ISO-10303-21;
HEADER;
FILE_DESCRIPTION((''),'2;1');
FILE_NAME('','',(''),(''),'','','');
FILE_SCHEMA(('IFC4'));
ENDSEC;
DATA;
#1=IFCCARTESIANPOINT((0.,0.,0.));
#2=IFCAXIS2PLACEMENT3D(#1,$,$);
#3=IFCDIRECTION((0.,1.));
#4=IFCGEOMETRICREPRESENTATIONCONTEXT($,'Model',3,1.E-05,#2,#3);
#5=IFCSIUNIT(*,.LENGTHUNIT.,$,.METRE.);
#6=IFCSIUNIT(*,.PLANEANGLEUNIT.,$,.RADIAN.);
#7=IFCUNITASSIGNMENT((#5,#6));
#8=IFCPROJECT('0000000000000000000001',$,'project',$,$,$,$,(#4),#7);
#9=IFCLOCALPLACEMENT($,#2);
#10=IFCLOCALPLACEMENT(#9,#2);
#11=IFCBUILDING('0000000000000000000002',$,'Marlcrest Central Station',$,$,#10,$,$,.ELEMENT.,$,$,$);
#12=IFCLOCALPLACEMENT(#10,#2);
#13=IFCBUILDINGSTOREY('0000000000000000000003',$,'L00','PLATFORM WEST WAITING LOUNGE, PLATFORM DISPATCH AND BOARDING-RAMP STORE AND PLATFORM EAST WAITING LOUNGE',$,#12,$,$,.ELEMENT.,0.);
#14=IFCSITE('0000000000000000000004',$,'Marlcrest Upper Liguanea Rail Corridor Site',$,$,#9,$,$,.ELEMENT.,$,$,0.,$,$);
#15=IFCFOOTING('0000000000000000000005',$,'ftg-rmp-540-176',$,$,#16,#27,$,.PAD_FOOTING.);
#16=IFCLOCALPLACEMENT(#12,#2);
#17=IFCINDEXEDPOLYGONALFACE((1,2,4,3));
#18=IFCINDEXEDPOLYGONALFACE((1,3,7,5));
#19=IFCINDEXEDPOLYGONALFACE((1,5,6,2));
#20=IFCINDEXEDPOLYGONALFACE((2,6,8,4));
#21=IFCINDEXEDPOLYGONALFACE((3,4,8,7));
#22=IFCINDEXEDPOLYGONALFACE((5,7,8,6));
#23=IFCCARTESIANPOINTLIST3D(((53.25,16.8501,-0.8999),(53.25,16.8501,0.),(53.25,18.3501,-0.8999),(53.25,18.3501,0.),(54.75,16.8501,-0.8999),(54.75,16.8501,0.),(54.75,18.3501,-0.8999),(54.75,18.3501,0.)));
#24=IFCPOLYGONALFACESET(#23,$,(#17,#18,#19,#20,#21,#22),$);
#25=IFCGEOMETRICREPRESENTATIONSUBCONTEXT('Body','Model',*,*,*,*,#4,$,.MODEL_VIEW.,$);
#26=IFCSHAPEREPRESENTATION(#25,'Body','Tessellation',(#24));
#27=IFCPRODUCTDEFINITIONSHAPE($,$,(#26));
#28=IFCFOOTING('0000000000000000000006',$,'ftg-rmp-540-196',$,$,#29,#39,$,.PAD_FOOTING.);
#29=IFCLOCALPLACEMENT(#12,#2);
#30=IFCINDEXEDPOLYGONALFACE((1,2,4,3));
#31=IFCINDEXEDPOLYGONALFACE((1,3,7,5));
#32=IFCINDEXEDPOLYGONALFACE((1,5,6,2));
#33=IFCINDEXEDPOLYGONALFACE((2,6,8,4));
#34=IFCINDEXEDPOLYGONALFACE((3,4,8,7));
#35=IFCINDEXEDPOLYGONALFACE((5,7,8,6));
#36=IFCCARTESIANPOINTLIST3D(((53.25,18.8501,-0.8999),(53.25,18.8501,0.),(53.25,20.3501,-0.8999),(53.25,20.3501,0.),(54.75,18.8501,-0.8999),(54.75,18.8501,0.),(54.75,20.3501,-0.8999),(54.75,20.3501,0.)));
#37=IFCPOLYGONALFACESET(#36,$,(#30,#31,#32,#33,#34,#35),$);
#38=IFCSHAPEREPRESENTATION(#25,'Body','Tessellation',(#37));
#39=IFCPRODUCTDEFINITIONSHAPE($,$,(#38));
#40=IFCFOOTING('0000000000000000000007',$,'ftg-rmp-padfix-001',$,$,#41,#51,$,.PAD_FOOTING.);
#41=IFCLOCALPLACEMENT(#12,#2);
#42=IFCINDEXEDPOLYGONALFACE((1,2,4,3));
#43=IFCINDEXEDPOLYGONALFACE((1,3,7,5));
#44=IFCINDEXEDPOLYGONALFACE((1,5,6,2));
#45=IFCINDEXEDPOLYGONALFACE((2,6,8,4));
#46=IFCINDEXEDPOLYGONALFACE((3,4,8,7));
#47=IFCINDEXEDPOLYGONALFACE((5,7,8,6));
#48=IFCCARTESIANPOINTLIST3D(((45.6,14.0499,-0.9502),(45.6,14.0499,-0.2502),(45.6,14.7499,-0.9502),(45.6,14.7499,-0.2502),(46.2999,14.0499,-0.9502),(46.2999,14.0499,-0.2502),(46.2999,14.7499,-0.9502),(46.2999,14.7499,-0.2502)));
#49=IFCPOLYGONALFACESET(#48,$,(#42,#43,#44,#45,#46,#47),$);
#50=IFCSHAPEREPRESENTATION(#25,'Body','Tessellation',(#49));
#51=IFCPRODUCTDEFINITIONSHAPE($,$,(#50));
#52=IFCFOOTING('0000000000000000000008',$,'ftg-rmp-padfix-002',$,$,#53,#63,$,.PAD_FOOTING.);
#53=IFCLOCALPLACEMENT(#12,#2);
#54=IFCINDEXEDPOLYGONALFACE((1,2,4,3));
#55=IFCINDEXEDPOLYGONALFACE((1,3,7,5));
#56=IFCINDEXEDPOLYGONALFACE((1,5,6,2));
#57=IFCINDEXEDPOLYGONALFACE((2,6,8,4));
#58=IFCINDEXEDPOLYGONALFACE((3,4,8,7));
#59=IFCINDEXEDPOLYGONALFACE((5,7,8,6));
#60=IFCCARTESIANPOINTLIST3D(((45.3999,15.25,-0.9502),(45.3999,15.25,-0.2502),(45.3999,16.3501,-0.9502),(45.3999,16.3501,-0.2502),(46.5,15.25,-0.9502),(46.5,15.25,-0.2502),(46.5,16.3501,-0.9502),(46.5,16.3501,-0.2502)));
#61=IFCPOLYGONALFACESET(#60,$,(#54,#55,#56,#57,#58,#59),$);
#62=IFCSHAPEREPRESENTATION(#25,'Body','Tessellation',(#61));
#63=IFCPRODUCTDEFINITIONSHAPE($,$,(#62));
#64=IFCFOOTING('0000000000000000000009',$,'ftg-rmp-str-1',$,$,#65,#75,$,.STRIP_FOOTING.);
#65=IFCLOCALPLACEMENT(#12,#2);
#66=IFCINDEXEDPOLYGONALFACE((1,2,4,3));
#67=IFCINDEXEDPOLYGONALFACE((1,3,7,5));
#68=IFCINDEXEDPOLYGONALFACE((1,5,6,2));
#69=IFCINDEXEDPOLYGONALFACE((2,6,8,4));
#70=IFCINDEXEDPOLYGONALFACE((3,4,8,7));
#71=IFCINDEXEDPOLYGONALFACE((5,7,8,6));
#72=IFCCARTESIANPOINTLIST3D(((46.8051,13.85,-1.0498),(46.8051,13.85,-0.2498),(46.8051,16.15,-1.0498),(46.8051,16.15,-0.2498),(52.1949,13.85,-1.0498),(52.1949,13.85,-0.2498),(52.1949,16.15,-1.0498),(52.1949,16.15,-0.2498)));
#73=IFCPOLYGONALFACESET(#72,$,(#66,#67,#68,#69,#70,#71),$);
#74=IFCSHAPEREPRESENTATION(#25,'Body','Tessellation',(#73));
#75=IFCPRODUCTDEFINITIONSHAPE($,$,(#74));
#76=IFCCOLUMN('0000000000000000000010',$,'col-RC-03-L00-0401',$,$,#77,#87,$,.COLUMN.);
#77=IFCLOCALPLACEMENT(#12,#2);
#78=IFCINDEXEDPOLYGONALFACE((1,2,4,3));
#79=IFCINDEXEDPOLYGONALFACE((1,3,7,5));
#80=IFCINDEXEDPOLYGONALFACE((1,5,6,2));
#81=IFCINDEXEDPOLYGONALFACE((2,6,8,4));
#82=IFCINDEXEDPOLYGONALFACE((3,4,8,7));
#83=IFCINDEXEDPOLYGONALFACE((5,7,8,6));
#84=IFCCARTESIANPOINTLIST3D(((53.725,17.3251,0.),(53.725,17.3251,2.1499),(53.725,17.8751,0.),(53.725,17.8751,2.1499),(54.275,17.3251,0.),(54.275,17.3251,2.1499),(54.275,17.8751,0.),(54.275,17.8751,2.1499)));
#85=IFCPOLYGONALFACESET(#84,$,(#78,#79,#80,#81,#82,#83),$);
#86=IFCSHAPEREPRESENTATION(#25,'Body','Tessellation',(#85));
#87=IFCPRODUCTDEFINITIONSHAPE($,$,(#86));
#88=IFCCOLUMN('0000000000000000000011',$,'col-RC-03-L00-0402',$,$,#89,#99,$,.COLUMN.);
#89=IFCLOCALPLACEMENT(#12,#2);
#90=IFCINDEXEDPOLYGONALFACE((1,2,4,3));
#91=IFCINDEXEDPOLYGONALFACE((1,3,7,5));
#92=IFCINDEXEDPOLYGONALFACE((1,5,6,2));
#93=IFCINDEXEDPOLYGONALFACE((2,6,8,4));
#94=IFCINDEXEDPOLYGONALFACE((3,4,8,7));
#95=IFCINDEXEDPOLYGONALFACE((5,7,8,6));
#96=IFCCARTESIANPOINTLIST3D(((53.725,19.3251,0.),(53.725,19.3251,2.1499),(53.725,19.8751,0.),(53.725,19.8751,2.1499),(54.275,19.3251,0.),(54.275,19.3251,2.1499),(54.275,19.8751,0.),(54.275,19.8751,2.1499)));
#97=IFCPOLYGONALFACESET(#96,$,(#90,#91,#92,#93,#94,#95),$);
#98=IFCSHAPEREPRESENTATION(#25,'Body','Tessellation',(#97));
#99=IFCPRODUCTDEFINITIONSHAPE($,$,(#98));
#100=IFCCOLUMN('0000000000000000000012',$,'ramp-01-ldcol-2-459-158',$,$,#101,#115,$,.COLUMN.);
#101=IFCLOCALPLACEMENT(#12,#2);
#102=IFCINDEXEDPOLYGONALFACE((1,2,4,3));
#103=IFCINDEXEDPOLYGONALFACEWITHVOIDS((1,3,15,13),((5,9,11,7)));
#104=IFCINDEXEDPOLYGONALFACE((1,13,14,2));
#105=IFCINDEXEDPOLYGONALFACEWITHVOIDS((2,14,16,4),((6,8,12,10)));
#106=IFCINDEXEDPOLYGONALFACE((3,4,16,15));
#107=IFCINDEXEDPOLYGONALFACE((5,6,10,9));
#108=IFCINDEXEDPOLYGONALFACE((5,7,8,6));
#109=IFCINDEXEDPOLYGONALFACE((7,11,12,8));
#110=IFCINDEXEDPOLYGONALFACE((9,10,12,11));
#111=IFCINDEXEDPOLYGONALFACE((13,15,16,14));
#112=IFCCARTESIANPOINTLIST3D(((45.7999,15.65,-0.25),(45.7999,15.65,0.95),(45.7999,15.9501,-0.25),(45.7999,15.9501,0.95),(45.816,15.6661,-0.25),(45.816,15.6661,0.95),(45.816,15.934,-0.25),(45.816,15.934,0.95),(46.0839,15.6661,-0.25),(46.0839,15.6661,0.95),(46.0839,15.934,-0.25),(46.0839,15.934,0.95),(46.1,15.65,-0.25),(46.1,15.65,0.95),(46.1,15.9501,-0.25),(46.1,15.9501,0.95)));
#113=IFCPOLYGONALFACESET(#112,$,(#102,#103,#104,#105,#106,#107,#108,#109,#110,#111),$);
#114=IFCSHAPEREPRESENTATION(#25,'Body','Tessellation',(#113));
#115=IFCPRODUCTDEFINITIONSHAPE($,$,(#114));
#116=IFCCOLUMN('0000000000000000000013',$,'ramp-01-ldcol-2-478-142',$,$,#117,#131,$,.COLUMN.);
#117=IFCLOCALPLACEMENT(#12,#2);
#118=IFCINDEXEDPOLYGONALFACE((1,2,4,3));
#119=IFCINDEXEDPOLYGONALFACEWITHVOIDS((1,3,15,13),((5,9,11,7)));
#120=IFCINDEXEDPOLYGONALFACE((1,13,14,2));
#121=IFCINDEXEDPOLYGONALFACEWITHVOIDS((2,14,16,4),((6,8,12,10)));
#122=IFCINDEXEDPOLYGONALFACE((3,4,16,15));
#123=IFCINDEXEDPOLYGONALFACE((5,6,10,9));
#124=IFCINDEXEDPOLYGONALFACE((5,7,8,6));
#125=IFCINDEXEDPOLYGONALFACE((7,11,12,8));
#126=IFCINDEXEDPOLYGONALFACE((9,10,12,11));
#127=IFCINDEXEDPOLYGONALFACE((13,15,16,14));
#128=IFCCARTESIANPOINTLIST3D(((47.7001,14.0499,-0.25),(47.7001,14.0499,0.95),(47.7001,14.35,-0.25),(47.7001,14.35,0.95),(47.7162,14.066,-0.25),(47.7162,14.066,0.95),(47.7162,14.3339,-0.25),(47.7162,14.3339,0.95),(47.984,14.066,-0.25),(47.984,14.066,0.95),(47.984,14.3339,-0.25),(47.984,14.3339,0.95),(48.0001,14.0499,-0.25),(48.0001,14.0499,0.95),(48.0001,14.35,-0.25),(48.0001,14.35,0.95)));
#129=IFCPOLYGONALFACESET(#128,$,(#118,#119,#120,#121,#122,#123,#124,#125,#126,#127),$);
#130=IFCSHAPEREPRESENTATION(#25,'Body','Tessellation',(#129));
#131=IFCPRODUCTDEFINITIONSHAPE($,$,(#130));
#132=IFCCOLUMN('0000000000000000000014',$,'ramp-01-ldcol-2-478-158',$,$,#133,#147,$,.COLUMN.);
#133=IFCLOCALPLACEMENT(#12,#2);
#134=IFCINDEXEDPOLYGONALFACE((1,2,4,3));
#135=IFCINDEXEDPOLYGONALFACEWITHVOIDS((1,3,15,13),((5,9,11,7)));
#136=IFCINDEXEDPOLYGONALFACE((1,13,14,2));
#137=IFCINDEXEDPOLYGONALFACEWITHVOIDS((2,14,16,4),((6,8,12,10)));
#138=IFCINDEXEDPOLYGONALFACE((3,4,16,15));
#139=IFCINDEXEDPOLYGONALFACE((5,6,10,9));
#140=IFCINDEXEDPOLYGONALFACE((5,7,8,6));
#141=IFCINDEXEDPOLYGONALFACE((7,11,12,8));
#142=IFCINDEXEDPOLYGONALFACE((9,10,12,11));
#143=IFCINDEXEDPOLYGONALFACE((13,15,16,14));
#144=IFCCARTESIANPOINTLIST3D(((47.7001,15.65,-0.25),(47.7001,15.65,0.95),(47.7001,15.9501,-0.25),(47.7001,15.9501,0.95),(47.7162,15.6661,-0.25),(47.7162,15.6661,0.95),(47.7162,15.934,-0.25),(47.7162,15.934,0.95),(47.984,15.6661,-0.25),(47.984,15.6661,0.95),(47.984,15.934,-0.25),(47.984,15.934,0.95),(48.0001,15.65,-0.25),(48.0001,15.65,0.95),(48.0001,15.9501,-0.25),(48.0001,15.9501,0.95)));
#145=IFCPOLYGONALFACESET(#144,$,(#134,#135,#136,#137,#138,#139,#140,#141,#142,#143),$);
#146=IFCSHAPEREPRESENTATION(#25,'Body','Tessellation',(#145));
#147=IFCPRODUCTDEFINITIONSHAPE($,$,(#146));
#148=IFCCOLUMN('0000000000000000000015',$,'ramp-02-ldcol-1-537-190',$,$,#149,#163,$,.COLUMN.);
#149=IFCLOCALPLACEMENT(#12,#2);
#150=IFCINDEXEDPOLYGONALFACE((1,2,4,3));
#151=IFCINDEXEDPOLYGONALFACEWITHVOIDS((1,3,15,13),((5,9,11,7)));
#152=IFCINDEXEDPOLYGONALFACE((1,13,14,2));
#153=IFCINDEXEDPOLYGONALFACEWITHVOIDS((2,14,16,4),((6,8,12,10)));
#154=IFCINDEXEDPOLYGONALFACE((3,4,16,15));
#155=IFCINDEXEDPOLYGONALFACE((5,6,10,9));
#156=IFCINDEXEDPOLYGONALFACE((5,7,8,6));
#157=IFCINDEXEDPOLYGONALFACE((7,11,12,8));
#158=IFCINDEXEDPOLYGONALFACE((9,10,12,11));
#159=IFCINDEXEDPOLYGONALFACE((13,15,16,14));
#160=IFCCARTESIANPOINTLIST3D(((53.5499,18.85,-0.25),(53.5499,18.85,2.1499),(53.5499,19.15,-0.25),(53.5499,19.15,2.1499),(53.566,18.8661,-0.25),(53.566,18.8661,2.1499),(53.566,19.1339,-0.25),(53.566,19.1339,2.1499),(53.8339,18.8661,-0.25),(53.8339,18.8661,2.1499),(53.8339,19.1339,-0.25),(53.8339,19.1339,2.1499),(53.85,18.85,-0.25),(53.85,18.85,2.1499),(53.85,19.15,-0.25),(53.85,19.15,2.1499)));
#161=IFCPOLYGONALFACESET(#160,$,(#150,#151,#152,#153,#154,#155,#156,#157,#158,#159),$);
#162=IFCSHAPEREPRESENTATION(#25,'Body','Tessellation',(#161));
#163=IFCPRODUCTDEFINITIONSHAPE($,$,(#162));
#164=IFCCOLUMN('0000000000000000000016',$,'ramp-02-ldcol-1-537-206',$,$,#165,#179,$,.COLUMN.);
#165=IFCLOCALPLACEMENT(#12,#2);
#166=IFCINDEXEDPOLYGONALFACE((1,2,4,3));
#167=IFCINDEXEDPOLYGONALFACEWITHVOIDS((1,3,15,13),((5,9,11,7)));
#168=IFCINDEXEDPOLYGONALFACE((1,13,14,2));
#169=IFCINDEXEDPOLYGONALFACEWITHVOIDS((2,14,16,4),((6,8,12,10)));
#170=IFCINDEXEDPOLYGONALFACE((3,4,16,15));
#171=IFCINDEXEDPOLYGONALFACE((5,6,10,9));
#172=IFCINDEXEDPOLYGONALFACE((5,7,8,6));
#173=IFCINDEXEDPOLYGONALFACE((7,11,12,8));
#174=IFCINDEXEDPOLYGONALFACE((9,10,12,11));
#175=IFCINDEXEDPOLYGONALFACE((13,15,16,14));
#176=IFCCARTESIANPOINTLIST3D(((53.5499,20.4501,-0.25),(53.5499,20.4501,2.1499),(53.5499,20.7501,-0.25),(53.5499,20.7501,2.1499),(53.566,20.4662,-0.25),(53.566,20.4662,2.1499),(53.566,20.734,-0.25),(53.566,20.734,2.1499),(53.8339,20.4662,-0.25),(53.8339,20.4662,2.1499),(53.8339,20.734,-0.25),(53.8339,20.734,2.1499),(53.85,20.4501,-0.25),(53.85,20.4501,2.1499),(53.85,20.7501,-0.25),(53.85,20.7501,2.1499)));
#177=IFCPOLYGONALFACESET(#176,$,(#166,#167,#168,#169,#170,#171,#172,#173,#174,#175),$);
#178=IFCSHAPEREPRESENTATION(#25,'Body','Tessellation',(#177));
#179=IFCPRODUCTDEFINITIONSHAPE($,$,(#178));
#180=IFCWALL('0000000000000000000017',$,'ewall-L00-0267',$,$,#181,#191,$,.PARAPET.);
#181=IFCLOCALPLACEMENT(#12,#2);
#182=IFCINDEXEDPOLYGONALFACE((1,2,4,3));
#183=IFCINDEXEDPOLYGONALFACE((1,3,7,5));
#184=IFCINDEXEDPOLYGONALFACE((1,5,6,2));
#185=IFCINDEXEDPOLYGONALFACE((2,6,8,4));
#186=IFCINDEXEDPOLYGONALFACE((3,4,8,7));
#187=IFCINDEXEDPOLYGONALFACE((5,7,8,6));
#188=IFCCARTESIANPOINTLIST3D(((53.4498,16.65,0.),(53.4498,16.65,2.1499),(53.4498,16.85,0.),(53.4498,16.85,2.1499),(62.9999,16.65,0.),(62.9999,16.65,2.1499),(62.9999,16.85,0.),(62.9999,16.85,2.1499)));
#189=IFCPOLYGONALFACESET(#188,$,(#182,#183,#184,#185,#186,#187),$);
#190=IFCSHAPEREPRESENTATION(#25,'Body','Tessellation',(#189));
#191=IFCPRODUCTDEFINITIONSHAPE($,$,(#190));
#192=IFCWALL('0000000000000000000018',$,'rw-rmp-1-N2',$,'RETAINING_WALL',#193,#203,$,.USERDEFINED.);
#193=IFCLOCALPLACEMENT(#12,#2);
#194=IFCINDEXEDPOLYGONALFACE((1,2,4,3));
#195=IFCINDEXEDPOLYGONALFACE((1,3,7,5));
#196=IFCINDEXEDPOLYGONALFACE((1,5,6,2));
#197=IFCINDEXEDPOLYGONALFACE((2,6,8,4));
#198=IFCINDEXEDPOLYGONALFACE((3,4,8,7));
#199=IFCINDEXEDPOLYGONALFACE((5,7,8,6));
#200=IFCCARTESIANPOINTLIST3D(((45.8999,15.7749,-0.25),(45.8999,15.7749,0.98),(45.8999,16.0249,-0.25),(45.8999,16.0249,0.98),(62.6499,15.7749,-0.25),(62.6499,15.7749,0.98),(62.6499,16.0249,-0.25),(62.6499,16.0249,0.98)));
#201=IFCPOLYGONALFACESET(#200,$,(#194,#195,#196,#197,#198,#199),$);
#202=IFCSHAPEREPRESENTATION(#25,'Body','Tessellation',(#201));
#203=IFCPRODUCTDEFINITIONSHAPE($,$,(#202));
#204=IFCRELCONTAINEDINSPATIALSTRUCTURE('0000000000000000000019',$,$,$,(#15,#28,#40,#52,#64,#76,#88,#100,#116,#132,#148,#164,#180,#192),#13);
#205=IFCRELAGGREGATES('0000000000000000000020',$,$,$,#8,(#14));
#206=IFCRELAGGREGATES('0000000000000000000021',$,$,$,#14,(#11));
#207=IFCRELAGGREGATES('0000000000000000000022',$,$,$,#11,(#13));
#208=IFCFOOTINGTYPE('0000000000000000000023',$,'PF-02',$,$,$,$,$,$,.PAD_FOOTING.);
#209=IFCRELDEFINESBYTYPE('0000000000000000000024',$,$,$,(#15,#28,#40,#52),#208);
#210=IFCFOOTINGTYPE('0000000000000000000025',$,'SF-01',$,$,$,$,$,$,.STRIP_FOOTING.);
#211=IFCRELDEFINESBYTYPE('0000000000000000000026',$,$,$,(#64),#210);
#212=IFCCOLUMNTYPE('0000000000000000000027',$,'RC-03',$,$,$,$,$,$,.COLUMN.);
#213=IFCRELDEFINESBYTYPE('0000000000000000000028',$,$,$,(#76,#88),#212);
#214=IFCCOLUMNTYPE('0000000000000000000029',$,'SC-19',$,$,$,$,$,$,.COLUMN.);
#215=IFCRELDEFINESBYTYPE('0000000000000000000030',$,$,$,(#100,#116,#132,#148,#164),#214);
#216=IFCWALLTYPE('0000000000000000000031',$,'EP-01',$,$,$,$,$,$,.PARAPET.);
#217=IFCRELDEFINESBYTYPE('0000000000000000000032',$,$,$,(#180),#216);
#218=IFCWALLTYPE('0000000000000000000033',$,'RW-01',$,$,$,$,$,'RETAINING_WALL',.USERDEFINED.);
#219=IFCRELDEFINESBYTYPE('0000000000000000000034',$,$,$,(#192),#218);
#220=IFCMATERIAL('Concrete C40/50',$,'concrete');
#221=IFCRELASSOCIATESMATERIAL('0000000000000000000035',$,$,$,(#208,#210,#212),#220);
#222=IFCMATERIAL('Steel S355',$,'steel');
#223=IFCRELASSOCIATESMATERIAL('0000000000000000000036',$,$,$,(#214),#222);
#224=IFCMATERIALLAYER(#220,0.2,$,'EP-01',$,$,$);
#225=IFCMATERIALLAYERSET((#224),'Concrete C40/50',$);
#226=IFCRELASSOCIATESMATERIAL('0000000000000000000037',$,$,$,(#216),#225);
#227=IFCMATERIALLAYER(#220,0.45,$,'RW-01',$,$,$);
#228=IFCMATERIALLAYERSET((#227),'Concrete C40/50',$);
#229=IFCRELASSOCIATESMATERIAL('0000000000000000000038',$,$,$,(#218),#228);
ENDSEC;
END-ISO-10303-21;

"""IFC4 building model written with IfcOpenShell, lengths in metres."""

from ifc_helpers import new_model, si_unit, direction, frame, frame_2d, origin, origin_2d, place, context, subcontext, project, spatial, rectangle, hollow_rectangle, extrude, material, layer, layer_set, material_profile, profile_set, type_object, element, save


model = new_model("IFC4")

# Units and contexts
model_context = context("Model", 3, precision=1e-05, world=origin(), true_north=direction((0.0, 1.0)))
body_context = subcontext(model_context, "Body", "Model", "MODEL_VIEW")
ifc_project = project(units=[si_unit("LENGTHUNIT", "METRE"), si_unit("PLANEANGLEUNIT", "RADIAN")], contexts=[model_context])

# Site, building, storey
site_placement = place(None, origin())
site = spatial("IfcSite", under=ifc_project, at=site_placement, Name="Marlcrest Upper Liguanea Rail Corridor Site", CompositionType="ELEMENT", RefElevation=0.0)
building_placement = place(site_placement, origin())
building = spatial("IfcBuilding", under=site, at=building_placement, Name="Marlcrest Central Station", CompositionType="ELEMENT")
storey_placement = place(building_placement, origin())
storey = spatial("IfcBuildingStorey", under=building, at=storey_placement, Name="L00", Description="PLATFORM WEST WAITING LOUNGE, PLATFORM DISPATCH AND BOARDING-RAMP STORE AND PLATFORM EAST WAITING LOUNGE", CompositionType="ELEMENT", Elevation=0.0)

# Footings
ifc_material_1 = material(Name="Concrete C40/50", Category="concrete")
footing_type_1 = type_object("IfcFootingType", Name="PF-02", PredefinedType="PAD_FOOTING", material=ifc_material_1)
for number, where, z_axis, x_axis, name in (
    (1, (54.0, 17.6001, -0.8999), (0.0, 0.0, 1.0), (1.0, 0.0, 0.0), "ftg-rmp-540-176"),
    (2, (54.0, 19.6001, -0.8999), (0.0, 0.0, 1.0), (1.0, 0.0, 0.0), "ftg-rmp-540-196"),
):
    element("IfcFooting", number, at=place(storey_placement, frame(where, z_axis=z_axis, x_axis=x_axis)), inside=storey, type_object=footing_type_1, Name=name, PredefinedType="PAD_FOOTING", context=body_context, shape_type="SweptSolid", body=[
        extrude(rectangle(XDim=1.5, YDim=1.5, at=origin_2d()), origin(), (0.0, 0.0, 1.0), 0.8999),
    ])
footing_1_placement = place(storey_placement, frame((45.95, 14.3999, -0.9502), z_axis=(0.0, 0.0, 1.0), x_axis=(1.0, 0.0, 0.0)))
element("IfcFooting", 3, at=footing_1_placement, inside=storey, type_object=footing_type_1, Name="ftg-rmp-padfix-001", PredefinedType="PAD_FOOTING", context=body_context, shape_type="SweptSolid", body=[
    extrude(rectangle(XDim=0.7, YDim=0.7, at=origin_2d()), origin(), (0.0, 0.0, 1.0), 0.7),
])
footing_2_placement = place(storey_placement, frame((45.95, 15.8, -0.9502), z_axis=(0.0, 0.0, 1.0), x_axis=(1.0, 0.0, 0.0)))
element("IfcFooting", 4, at=footing_2_placement, inside=storey, type_object=footing_type_1, Name="ftg-rmp-padfix-002", PredefinedType="PAD_FOOTING", context=body_context, shape_type="SweptSolid", body=[
    extrude(rectangle(XDim=1.1001, YDim=1.1001, at=origin_2d()), origin(), (0.0, 0.0, 1.0), 0.7),
])
footing_type_2 = type_object("IfcFootingType", Name="SF-01", PredefinedType="STRIP_FOOTING", material=ifc_material_1)
footing_3_placement = place(storey_placement, frame((49.5, 15.0, -1.0498), z_axis=(0.0, 0.0, 1.0), x_axis=(1.0, 0.0, 0.0)))
element("IfcFooting", 5, at=footing_3_placement, inside=storey, type_object=footing_type_2, Name="ftg-rmp-str-1", PredefinedType="STRIP_FOOTING", context=body_context, shape_type="SweptSolid", body=[
    extrude(rectangle(XDim=5.3899, YDim=2.3, at=origin_2d()), origin(), (0.0, 0.0, 1.0), 0.8),
])

# Columns
ifc_material_profile_1 = material_profile(ifc_material_1, rectangle(XDim=0.55, YDim=0.55, at=origin_2d()), Name="RC 550x550")
ifc_profile_set_1 = profile_set([ifc_material_profile_1], Name="Concrete C40/50")
column_type_1 = type_object("IfcColumnType", Name="RC-03", PredefinedType="COLUMN", material=ifc_profile_set_1)
for number, where, z_axis, x_axis, name in (
    (6, (54.0, 17.6001, 0.0), (0.0, 0.0, 1.0), (1.0, 0.0, 0.0), "col-RC-03-L00-0401"),
    (7, (54.0, 19.6001, 0.0), (0.0, 0.0, 1.0), (1.0, 0.0, 0.0), "col-RC-03-L00-0402"),
):
    element("IfcColumn", number, at=place(storey_placement, frame(where, z_axis=z_axis, x_axis=x_axis)), inside=storey, type_object=column_type_1, Name=name, PredefinedType="COLUMN", context=body_context, shape_type="SweptSolid", body=[
        extrude(rectangle(XDim=0.55, YDim=0.55, at=origin_2d()), origin(), (0.0, 0.0, 1.0), 2.1499),
    ])
ifc_material_2 = material(Name="Steel S355", Category="steel")
ifc_material_profile_2 = material_profile(ifc_material_2, hollow_rectangle(XDim=0.3, YDim=0.3, WallThickness=0.0161, at=origin_2d()), Name="SHS 300x300x16")
ifc_profile_set_2 = profile_set([ifc_material_profile_2], Name="Steel S355")
column_type_2 = type_object("IfcColumnType", Name="SC-19", PredefinedType="COLUMN", material=ifc_profile_set_2)
for number, where, z_axis, x_axis, name in (
    (8, (45.95, 15.8, -0.25), (0.0, 0.0, 1.0), (1.0, 0.0, 0.0), "ramp-01-ldcol-2-459-158"),
    (9, (47.8501, 14.2, -0.25), (0.0, 0.0, 1.0), (1.0, 0.0, 0.0), "ramp-01-ldcol-2-478-142"),
    (10, (47.8501, 15.8, -0.25), (0.0, 0.0, 1.0), (1.0, 0.0, 0.0), "ramp-01-ldcol-2-478-158"),
):
    element("IfcColumn", number, at=place(storey_placement, frame(where, z_axis=z_axis, x_axis=x_axis)), inside=storey, type_object=column_type_2, Name=name, PredefinedType="COLUMN", context=body_context, shape_type="SweptSolid", body=[
        extrude(hollow_rectangle(XDim=0.3, YDim=0.3, WallThickness=0.0161, at=origin_2d()), origin(), (0.0, 0.0, 1.0), 1.2),
    ])
for number, where, z_axis, x_axis, name in (
    (11, (53.7, 19.0, -0.25), (0.0, 0.0, 1.0), (1.0, 0.0, 0.0), "ramp-02-ldcol-1-537-190"),
    (12, (53.7, 20.6001, -0.25), (0.0, 0.0, 1.0), (1.0, 0.0, 0.0), "ramp-02-ldcol-1-537-206"),
):
    element("IfcColumn", number, at=place(storey_placement, frame(where, z_axis=z_axis, x_axis=x_axis)), inside=storey, type_object=column_type_2, Name=name, PredefinedType="COLUMN", context=body_context, shape_type="SweptSolid", body=[
        extrude(hollow_rectangle(XDim=0.3, YDim=0.3, WallThickness=0.0161, at=origin_2d()), origin(), (0.0, 0.0, 1.0), 2.3999),
    ])

# Walls
ifc_layer_1 = layer(ifc_material_1, 0.2, Name="EP-01")
ifc_layer_set_1 = layer_set([ifc_layer_1], Name="Concrete C40/50")
wall_type_1 = type_object("IfcWallType", Name="EP-01", PredefinedType="PARAPET", material=ifc_layer_set_1)
wall_1_placement = place(storey_placement, frame((53.45, 16.75, 0.0), z_axis=(0.0, 0.0, 1.0), x_axis=(1.0, 0.0, 0.0)))
element("IfcWall", 13, at=wall_1_placement, inside=storey, type_object=wall_type_1, Name="ewall-L00-0267", PredefinedType="PARAPET", context=body_context, shape_type="SweptSolid", body=[
    extrude(rectangle(XDim=9.55, YDim=0.2, at=frame_2d((4.7749, 0.0))), origin(), (0.0, 0.0, 1.0), 2.1499),
])
ifc_layer_2 = layer(ifc_material_1, 0.45, Name="RW-01")
ifc_layer_set_2 = layer_set([ifc_layer_2], Name="Concrete C40/50")
wall_type_2 = type_object("IfcWallType", Name="RW-01", ElementType="RETAINING_WALL", PredefinedType="USERDEFINED", material=ifc_layer_set_2)
wall_2_placement = place(storey_placement, frame((45.8999, 15.8999, -0.25), z_axis=(0.0, 0.0, 1.0), x_axis=(1.0, 0.0, 0.0)))
element("IfcWall", 14, at=wall_2_placement, inside=storey, type_object=wall_type_2, Name="rw-rmp-1-N2", ObjectType="RETAINING_WALL", PredefinedType="USERDEFINED", context=body_context, shape_type="SweptSolid", body=[
    extrude(rectangle(XDim=16.75, YDim=0.25, at=frame_2d((8.375, 0.0))), origin(), (0.0, 0.0, 1.0), 1.23),
])

save(model, "model.ifc")
